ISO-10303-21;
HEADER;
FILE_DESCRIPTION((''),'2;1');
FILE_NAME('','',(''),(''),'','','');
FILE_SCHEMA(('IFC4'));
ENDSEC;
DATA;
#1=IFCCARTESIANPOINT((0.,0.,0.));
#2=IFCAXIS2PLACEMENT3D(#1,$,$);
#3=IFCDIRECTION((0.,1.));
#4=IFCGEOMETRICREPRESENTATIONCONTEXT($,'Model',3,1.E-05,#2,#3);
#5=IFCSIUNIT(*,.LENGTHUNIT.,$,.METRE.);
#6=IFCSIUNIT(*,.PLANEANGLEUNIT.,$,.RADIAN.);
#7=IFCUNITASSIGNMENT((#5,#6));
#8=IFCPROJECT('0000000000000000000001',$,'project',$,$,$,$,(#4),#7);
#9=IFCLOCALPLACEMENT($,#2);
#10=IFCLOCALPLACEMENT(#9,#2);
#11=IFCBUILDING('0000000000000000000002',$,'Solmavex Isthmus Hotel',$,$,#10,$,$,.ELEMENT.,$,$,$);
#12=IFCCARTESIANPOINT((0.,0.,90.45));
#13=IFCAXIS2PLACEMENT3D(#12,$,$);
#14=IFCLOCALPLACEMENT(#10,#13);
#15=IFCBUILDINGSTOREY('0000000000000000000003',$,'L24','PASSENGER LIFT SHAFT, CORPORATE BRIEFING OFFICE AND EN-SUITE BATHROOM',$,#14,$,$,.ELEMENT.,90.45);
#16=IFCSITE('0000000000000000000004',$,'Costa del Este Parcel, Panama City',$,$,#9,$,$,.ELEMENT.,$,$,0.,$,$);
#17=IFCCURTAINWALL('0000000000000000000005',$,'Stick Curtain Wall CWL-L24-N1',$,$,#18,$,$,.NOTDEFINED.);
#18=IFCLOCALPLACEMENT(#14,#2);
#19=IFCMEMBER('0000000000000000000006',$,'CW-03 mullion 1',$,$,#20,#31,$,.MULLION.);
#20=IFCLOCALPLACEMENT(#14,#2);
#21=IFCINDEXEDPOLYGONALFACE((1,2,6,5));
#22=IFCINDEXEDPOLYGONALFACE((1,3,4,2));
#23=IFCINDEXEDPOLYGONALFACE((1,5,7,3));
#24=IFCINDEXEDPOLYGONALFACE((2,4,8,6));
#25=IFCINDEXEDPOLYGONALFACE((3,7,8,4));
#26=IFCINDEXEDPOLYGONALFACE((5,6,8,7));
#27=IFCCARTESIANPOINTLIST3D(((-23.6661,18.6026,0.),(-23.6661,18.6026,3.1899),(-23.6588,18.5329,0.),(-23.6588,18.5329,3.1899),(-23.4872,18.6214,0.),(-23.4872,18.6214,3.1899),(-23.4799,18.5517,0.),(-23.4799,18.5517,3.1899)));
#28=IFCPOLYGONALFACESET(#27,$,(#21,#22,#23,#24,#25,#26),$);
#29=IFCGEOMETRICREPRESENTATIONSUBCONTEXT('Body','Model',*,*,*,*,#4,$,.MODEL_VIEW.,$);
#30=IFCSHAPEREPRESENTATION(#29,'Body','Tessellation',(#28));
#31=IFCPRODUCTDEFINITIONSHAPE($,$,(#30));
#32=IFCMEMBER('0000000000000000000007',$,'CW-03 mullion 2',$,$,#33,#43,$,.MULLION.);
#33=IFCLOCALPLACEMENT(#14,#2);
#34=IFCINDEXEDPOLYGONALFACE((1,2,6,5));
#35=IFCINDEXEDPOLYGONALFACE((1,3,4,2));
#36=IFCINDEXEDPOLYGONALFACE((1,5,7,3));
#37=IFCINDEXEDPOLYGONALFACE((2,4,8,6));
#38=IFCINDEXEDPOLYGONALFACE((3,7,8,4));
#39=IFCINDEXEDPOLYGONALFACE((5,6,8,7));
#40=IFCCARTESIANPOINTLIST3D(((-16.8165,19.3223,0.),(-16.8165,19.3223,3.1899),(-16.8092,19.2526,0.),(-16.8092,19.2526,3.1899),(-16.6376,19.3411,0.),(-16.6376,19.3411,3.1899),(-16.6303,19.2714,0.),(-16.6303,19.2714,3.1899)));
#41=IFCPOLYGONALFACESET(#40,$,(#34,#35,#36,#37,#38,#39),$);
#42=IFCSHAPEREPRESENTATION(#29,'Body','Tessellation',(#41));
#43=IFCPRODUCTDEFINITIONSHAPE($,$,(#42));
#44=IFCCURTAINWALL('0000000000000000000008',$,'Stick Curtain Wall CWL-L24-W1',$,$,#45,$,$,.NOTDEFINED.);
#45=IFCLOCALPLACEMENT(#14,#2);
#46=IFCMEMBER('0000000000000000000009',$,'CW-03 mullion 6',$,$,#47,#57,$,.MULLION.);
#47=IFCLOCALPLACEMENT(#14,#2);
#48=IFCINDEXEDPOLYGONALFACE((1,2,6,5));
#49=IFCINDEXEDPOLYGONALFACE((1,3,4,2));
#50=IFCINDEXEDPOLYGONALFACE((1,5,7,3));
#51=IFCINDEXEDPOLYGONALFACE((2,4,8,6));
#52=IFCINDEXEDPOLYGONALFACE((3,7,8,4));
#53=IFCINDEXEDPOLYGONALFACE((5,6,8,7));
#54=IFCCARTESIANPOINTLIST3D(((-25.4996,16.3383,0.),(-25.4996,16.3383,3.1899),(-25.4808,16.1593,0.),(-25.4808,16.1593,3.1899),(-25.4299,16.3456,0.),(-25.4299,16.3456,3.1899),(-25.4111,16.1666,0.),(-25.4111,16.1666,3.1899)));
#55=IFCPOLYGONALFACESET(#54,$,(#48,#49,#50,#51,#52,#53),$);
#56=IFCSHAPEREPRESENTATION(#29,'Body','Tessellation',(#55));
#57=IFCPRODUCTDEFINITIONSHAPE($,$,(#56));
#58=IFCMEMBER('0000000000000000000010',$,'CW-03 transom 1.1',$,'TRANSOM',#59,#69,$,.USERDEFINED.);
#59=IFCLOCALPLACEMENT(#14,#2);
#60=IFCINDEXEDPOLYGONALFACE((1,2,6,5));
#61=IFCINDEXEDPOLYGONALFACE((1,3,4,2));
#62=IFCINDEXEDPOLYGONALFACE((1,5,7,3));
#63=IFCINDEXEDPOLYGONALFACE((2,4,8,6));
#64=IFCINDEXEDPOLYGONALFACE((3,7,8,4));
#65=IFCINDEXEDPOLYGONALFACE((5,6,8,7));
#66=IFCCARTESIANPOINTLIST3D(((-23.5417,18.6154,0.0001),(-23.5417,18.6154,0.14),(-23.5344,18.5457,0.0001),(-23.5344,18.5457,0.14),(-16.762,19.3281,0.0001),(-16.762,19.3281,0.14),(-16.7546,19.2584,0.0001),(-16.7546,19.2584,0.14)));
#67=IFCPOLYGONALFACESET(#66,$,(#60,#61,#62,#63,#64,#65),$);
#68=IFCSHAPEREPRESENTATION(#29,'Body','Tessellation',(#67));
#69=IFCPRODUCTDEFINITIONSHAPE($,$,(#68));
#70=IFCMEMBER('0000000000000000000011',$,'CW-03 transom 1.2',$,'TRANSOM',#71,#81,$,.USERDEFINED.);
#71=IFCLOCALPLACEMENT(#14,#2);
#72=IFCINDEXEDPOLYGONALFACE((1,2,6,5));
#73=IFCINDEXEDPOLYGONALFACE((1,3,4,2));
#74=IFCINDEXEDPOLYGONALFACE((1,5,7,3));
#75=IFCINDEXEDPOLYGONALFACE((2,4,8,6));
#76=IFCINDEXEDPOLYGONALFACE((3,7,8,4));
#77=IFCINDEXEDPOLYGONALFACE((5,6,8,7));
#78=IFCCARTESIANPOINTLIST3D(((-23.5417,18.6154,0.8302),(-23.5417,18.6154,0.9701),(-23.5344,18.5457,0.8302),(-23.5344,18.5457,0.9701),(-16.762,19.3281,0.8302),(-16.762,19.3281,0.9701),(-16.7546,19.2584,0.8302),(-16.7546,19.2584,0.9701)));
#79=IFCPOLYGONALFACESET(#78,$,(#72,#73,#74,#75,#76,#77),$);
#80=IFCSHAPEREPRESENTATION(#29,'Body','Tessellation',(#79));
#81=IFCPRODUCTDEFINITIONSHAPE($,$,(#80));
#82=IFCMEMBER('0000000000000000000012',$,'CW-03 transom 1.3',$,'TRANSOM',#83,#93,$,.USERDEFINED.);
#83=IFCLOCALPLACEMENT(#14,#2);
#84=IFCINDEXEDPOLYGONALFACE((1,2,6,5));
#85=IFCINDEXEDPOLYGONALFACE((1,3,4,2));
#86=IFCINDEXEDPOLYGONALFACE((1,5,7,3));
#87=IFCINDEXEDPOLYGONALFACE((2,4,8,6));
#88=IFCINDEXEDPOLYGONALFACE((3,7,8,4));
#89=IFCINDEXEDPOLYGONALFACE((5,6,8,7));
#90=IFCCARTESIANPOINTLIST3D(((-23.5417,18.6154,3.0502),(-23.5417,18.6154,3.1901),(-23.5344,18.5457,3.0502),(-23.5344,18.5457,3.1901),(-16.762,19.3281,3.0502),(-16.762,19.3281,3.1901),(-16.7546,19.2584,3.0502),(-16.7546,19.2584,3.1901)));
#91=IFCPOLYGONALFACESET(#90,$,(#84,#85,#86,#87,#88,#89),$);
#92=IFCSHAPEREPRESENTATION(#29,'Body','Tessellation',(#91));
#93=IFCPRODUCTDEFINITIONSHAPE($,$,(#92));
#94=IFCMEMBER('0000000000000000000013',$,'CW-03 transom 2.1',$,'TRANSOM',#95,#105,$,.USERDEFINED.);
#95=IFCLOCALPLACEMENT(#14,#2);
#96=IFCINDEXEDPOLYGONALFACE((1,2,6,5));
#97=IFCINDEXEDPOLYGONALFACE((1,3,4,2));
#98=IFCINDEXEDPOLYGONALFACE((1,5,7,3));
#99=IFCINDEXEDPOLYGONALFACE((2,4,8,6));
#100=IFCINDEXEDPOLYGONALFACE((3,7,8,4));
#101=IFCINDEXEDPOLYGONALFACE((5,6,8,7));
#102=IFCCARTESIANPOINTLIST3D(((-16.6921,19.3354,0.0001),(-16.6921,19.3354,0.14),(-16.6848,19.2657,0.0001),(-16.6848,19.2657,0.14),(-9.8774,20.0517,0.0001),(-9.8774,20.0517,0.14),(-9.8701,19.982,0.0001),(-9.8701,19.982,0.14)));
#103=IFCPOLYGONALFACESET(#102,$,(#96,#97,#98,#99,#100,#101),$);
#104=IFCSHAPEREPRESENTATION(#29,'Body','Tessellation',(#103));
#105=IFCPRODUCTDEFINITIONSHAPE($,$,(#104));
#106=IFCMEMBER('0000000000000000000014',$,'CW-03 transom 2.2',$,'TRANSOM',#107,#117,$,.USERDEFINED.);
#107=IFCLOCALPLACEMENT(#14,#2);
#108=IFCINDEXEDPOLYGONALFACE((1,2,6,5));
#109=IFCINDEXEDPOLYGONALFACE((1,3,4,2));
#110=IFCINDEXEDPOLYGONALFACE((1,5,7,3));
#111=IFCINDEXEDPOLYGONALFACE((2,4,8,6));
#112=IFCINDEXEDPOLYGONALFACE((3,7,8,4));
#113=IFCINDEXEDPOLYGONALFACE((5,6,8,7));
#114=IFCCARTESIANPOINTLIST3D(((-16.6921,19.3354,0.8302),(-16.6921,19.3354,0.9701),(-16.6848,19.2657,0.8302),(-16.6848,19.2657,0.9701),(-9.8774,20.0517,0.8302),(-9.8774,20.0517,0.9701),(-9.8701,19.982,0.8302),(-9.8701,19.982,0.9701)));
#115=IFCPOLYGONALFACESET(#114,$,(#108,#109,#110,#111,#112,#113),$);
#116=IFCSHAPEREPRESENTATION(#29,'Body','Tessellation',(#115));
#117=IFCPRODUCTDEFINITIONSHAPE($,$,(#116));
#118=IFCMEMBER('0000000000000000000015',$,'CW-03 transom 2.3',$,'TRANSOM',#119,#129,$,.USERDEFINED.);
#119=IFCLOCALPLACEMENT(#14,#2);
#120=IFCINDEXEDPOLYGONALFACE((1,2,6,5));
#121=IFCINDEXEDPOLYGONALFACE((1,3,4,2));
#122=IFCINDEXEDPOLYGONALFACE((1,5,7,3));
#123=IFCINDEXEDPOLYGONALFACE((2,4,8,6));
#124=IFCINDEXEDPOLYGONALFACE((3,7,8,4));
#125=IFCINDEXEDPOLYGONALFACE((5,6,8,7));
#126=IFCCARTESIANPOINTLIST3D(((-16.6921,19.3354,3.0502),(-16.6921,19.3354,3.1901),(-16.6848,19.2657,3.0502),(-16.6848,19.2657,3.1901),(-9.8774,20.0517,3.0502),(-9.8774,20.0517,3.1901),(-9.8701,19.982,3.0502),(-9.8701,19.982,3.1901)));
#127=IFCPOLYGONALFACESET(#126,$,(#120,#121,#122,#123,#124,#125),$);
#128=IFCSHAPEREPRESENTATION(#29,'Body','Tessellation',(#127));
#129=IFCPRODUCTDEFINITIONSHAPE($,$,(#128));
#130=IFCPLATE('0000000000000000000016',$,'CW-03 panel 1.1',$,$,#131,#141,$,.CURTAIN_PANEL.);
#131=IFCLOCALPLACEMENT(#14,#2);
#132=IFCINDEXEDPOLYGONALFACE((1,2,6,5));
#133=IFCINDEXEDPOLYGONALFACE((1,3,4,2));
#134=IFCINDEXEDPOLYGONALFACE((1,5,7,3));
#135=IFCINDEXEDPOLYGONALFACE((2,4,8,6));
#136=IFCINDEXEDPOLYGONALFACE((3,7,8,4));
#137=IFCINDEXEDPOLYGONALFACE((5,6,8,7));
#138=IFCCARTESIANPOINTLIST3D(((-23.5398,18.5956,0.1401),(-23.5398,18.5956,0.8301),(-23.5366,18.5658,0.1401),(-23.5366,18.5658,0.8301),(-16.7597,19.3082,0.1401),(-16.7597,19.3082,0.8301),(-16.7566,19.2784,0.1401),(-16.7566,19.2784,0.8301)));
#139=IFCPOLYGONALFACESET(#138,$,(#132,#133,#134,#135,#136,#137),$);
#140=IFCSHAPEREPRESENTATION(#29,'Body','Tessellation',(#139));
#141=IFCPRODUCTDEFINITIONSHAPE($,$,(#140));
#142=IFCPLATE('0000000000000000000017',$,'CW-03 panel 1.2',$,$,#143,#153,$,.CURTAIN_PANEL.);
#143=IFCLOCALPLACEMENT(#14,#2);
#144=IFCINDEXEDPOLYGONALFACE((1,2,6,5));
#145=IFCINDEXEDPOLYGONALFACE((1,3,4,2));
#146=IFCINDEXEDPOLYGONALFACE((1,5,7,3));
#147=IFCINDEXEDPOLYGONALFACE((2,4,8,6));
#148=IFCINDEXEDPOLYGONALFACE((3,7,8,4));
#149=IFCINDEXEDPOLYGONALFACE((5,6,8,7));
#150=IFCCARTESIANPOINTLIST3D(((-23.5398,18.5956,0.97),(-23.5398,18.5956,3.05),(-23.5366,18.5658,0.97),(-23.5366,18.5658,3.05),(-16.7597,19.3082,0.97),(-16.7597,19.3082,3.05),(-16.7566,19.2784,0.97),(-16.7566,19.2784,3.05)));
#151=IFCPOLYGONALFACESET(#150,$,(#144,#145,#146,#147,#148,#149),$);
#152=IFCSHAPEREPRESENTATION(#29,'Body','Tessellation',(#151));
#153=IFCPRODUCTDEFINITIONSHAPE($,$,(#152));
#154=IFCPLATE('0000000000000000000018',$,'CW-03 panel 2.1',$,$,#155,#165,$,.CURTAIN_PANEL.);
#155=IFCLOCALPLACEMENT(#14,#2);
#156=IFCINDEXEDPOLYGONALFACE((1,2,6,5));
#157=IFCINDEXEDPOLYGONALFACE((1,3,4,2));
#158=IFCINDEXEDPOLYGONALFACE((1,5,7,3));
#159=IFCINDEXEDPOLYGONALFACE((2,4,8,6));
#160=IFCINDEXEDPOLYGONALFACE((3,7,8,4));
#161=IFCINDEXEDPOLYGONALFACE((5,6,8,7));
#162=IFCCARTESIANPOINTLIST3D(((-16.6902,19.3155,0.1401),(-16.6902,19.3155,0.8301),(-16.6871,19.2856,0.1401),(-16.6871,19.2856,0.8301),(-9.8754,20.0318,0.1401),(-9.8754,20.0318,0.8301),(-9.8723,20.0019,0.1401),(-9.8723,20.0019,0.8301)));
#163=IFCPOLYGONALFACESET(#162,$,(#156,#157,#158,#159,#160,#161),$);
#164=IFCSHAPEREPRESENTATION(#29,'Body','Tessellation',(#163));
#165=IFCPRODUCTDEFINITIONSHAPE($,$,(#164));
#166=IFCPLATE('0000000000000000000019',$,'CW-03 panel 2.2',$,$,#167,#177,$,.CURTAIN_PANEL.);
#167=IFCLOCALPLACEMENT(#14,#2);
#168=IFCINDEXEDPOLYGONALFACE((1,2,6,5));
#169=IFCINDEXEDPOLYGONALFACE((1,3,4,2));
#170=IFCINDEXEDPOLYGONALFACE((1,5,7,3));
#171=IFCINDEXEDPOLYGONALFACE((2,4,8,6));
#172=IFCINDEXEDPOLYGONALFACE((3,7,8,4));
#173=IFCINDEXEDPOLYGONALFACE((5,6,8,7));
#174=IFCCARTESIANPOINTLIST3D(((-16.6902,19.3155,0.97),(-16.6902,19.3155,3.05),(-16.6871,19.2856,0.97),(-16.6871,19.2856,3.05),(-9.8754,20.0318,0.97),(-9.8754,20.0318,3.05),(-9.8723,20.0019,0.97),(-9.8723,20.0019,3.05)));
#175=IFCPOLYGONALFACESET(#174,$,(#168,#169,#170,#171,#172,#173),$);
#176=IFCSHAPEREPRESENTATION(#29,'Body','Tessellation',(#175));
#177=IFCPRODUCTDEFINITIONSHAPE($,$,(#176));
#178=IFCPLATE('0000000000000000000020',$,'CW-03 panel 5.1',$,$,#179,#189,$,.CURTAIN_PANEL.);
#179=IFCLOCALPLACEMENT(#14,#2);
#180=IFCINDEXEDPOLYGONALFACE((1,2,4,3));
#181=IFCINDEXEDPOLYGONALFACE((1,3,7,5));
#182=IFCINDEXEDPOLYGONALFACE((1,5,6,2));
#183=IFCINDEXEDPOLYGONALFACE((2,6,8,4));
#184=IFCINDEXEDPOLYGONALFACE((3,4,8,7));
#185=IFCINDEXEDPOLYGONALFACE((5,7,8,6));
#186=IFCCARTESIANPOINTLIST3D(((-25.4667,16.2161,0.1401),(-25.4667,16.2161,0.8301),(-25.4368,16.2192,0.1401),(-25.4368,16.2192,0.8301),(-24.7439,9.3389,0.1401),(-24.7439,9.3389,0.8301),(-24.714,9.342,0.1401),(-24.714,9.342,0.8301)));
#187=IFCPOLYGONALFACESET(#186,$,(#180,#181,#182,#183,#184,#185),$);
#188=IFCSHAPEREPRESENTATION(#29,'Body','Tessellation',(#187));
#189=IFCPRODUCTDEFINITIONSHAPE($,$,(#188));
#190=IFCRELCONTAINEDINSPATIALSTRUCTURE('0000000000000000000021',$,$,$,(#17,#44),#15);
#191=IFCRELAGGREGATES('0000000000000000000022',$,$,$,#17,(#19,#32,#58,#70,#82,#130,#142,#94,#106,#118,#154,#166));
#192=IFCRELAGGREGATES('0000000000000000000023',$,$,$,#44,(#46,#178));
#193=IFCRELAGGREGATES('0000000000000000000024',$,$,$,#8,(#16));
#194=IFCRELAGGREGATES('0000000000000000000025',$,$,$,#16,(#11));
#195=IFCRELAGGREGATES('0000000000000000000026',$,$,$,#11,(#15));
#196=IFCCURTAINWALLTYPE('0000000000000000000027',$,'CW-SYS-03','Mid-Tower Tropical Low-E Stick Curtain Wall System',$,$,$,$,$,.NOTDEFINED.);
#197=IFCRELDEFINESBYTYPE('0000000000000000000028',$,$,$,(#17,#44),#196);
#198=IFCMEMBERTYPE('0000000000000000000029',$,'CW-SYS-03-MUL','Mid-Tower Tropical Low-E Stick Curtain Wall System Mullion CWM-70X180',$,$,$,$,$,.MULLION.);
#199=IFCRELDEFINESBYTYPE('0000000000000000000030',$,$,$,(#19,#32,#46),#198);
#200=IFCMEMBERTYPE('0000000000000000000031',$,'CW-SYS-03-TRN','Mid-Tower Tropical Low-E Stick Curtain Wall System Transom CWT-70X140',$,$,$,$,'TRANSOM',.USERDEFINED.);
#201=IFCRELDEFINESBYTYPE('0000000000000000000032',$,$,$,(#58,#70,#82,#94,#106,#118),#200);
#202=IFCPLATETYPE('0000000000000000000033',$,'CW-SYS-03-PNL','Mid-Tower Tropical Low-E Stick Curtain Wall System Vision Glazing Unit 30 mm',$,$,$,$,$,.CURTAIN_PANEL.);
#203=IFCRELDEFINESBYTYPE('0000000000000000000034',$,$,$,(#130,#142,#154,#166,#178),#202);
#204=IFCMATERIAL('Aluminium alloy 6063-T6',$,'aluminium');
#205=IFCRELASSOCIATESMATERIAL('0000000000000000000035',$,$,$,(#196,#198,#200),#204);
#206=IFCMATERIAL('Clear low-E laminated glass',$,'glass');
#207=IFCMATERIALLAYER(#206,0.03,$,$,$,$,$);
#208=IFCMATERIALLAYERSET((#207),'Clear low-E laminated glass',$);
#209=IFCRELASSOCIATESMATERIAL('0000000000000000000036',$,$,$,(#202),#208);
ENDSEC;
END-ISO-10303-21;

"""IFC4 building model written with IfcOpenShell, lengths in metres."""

from ifc_helpers import new_model, si_unit, direction, frame, origin, origin_2d, place, context, subcontext, project, spatial, rectangle, extrude, material, layer, layer_set, material_profile, profile_set, type_object, element, aggregate, save


model = new_model("IFC4")

# Units and contexts
model_context = context("Model", 3, precision=1e-05, world=origin(), true_north=direction((0.0, 1.0)))
body_context = subcontext(model_context, "Body", "Model", "MODEL_VIEW")
ifc_project = project(units=[si_unit("LENGTHUNIT", "METRE"), si_unit("PLANEANGLEUNIT", "RADIAN")], contexts=[model_context])

# Site, building, storey
site_placement = place(None, origin())
site = spatial("IfcSite", under=ifc_project, at=site_placement, Name="Costa del Este Parcel, Panama City", CompositionType="ELEMENT", RefElevation=0.0)
building_placement = place(site_placement, origin())
building = spatial("IfcBuilding", under=site, at=building_placement, Name="Solmavex Isthmus Hotel", CompositionType="ELEMENT")
storey_placement = place(building_placement, frame((0.0, 0.0, 90.45)))
storey = spatial("IfcBuildingStorey", under=building, at=storey_placement, Name="L24", Description="PASSENGER LIFT SHAFT, CORPORATE BRIEFING OFFICE AND EN-SUITE BATHROOM", CompositionType="ELEMENT", Elevation=90.45)

# Curtain wall, members
ifc_material_1 = material(Name="Aluminium alloy 6063-T6", Category="aluminium")
curtain_wall_type = type_object("IfcCurtainWallType", Name="CW-SYS-03", Description="Mid-Tower Tropical Low-E Stick Curtain Wall System", PredefinedType="NOTDEFINED", material=ifc_material_1)
curtain_wall_1_placement = place(storey_placement, origin())
curtain_wall_1 = element("IfcCurtainWall", 1, at=curtain_wall_1_placement, inside=storey, type_object=curtain_wall_type, Name="Stick Curtain Wall CWL-L24-N1", PredefinedType="NOTDEFINED")
ifc_material_profile_1 = material_profile(ifc_material_1, rectangle(XDim=0.0701, YDim=0.1799, at=origin_2d()), Name="CWM-70X180")
ifc_profile_set_1 = profile_set([ifc_material_profile_1], Name="Aluminium alloy 6063-T6")
member_type_1 = type_object("IfcMemberType", Name="CW-SYS-03-MUL", Description="Mid-Tower Tropical Low-E Stick Curtain Wall System Mullion CWM-70X180", PredefinedType="MULLION", material=ifc_profile_set_1)
member_1_placement = place(storey_placement, frame((-23.573, 18.5771, 0.0), z_axis=(0.0, 0.0, 1.0), x_axis=(-0.104528, 0.994522, 0.0)))
member_1 = element("IfcMember", 2, at=member_1_placement, type_object=member_type_1, Name="CW-03 mullion 1", PredefinedType="MULLION", context=body_context, shape_type="SweptSolid", body=[
    extrude(rectangle(XDim=0.0701, YDim=0.1799, at=origin_2d()), origin(), (0.0, 0.0, 1.0), 3.1899),
])
member_2_placement = place(storey_placement, frame((-16.7234, 19.2969, 0.0), z_axis=(0.0, 0.0, 1.0), x_axis=(-0.104528, 0.994522, 0.0)))
member_2 = element("IfcMember", 3, at=member_2_placement, type_object=member_type_1, Name="CW-03 mullion 2", PredefinedType="MULLION", context=body_context, shape_type="SweptSolid", body=[
    extrude(rectangle(XDim=0.0701, YDim=0.1799, at=origin_2d()), origin(), (0.0, 0.0, 1.0), 3.1899),
])

# Curtain wall, member
curtain_wall_2_placement = place(storey_placement, origin())
curtain_wall_2 = element("IfcCurtainWall", 4, at=curtain_wall_2_placement, inside=storey, type_object=curtain_wall_type, Name="Stick Curtain Wall CWL-L24-W1", PredefinedType="NOTDEFINED")
member_3_placement = place(storey_placement, frame((-25.4553, 16.2524, 0.0), z_axis=(0.0, 0.0, 1.0), x_axis=(-0.994522, -0.104528, 0.0)))
member_3 = element("IfcMember", 5, at=member_3_placement, type_object=member_type_1, Name="CW-03 mullion 6", PredefinedType="MULLION", context=body_context, shape_type="SweptSolid", body=[
    extrude(rectangle(XDim=0.0701, YDim=0.1799, at=origin_2d()), origin(), (0.0, 0.0, 1.0), 3.1899),
])

# Members
ifc_material_profile_2 = material_profile(ifc_material_1, rectangle(XDim=0.0701, YDim=0.1399, at=origin_2d()), Name="CWT-70X140")
ifc_profile_set_2 = profile_set([ifc_material_profile_2], Name="Aluminium alloy 6063-T6")
member_type_2 = type_object("IfcMemberType", Name="CW-SYS-03-TRN", Description="Mid-Tower Tropical Low-E Stick Curtain Wall System Transom CWT-70X140", ElementType="TRANSOM", PredefinedType="USERDEFINED", material=ifc_profile_set_2)
member_4_placement = place(storey_placement, frame((-23.5381, 18.5806, 0.0701), z_axis=(0.994521, 0.104538, 0.0), x_axis=(-0.104538, 0.994521, 0.0)))
member_4 = element("IfcMember", 6, at=member_4_placement, type_object=member_type_2, Name="CW-03 transom 1.1", ObjectType="TRANSOM", PredefinedType="USERDEFINED", context=body_context, shape_type="SweptSolid", body=[
    extrude(rectangle(XDim=0.0701, YDim=0.1399, at=origin_2d()), origin(), (0.0, 0.0, 1.0), 6.8171),
])
member_5_placement = place(storey_placement, frame((-23.5381, 18.5806, 0.9001), z_axis=(0.994521, 0.104538, 0.0), x_axis=(-0.104538, 0.994521, 0.0)))
member_5 = element("IfcMember", 7, at=member_5_placement, type_object=member_type_2, Name="CW-03 transom 1.2", ObjectType="TRANSOM", PredefinedType="USERDEFINED", context=body_context, shape_type="SweptSolid", body=[
    extrude(rectangle(XDim=0.0701, YDim=0.1399, at=origin_2d()), origin(), (0.0, 0.0, 1.0), 6.8171),
])
member_6_placement = place(storey_placement, frame((-23.5381, 18.5806, 3.1201), z_axis=(0.994521, 0.104538, 0.0), x_axis=(-0.104538, 0.994521, 0.0)))
member_6 = element("IfcMember", 8, at=member_6_placement, type_object=member_type_2, Name="CW-03 transom 1.3", ObjectType="TRANSOM", PredefinedType="USERDEFINED", context=body_context, shape_type="SweptSolid", body=[
    extrude(rectangle(XDim=0.0701, YDim=0.1399, at=origin_2d()), origin(), (0.0, 0.0, 1.0), 6.8171),
])
member_7_placement = place(storey_placement, frame((-16.6885, 19.3005, 0.0701), z_axis=(0.994521, 0.104536, 0.0), x_axis=(-0.104536, 0.994521, 0.0)))
member_7 = element("IfcMember", 9, at=member_7_placement, type_object=member_type_2, Name="CW-03 transom 2.1", ObjectType="TRANSOM", PredefinedType="USERDEFINED", context=body_context, shape_type="SweptSolid", body=[
    extrude(rectangle(XDim=0.0701, YDim=0.1399, at=origin_2d()), origin(), (0.0, 0.0, 1.0), 6.8523),
])
member_8_placement = place(storey_placement, frame((-16.6885, 19.3005, 0.9001), z_axis=(0.994521, 0.104536, 0.0), x_axis=(-0.104536, 0.994521, 0.0)))
member_8 = element("IfcMember", 10, at=member_8_placement, type_object=member_type_2, Name="CW-03 transom 2.2", ObjectType="TRANSOM", PredefinedType="USERDEFINED", context=body_context, shape_type="SweptSolid", body=[
    extrude(rectangle(XDim=0.0701, YDim=0.1399, at=origin_2d()), origin(), (0.0, 0.0, 1.0), 6.8523),
])
member_9_placement = place(storey_placement, frame((-16.6885, 19.3005, 3.1201), z_axis=(0.994521, 0.104536, 0.0), x_axis=(-0.104536, 0.994521, 0.0)))
member_9 = element("IfcMember", 11, at=member_9_placement, type_object=member_type_2, Name="CW-03 transom 2.3", ObjectType="TRANSOM", PredefinedType="USERDEFINED", context=body_context, shape_type="SweptSolid", body=[
    extrude(rectangle(XDim=0.0701, YDim=0.1399, at=origin_2d()), origin(), (0.0, 0.0, 1.0), 6.8523),
])

# Plates
ifc_material_2 = material(Name="Clear low-E laminated glass", Category="glass")
ifc_layer_1 = layer(ifc_material_2, 0.03)
ifc_layer_set_1 = layer_set([ifc_layer_1], Name="Clear low-E laminated glass")
plate_type = type_object("IfcPlateType", Name="CW-SYS-03-PNL", Description="Mid-Tower Tropical Low-E Stick Curtain Wall System Vision Glazing Unit 30 mm", PredefinedType="CURTAIN_PANEL", material=ifc_layer_set_1)
plate_1_placement = place(storey_placement, frame((-20.1482, 18.937, 0.1401), z_axis=(0.0, 0.0, 1.0), x_axis=(0.994522, 0.104528, 0.0)))
plate_1 = element("IfcPlate", 12, at=plate_1_placement, type_object=plate_type, Name="CW-03 panel 1.1", PredefinedType="CURTAIN_PANEL", context=body_context, shape_type="SweptSolid", body=[
    extrude(rectangle(XDim=6.8174, YDim=0.03, at=origin_2d()), origin(), (0.0, 0.0, 1.0), 0.6899),
])
plate_2_placement = place(storey_placement, frame((-20.1482, 18.937, 0.97), z_axis=(0.0, 0.0, 1.0), x_axis=(0.994522, 0.104528, 0.0)))
plate_2 = element("IfcPlate", 13, at=plate_2_placement, type_object=plate_type, Name="CW-03 panel 1.2", PredefinedType="CURTAIN_PANEL", context=body_context, shape_type="SweptSolid", body=[
    extrude(rectangle(XDim=6.8174, YDim=0.03, at=origin_2d()), origin(), (0.0, 0.0, 1.0), 2.0801),
])
plate_3_placement = place(storey_placement, frame((-13.2812, 19.6587, 0.1401), z_axis=(0.0, 0.0, 1.0), x_axis=(0.994522, 0.104528, 0.0)))
plate_3 = element("IfcPlate", 14, at=plate_3_placement, type_object=plate_type, Name="CW-03 panel 2.1", PredefinedType="CURTAIN_PANEL", context=body_context, shape_type="SweptSolid", body=[
    extrude(rectangle(XDim=6.8523, YDim=0.03, at=origin_2d()), origin(), (0.0, 0.0, 1.0), 0.6899),
])
plate_4_placement = place(storey_placement, frame((-13.2812, 19.6587, 0.97), z_axis=(0.0, 0.0, 1.0), x_axis=(0.994522, 0.104528, 0.0)))
plate_4 = element("IfcPlate", 15, at=plate_4_placement, type_object=plate_type, Name="CW-03 panel 2.2", PredefinedType="CURTAIN_PANEL", context=body_context, shape_type="SweptSolid", body=[
    extrude(rectangle(XDim=6.8523, YDim=0.03, at=origin_2d()), origin(), (0.0, 0.0, 1.0), 2.0801),
])
aggregate(curtain_wall_1, [member_1, member_2, member_4, member_5, member_6, plate_1, plate_2, member_7, member_8, member_9, plate_3, plate_4])
plate_5_placement = place(storey_placement, frame((-25.0903, 12.7791, 0.1401), z_axis=(0.0, 0.0, 1.0), x_axis=(-0.104528, 0.994522, 0.0)))
plate_5 = element("IfcPlate", 16, at=plate_5_placement, type_object=plate_type, Name="CW-03 panel 5.1", PredefinedType="CURTAIN_PANEL", context=body_context, shape_type="SweptSolid", body=[
    extrude(rectangle(XDim=6.915, YDim=0.03, at=origin_2d()), origin(), (0.0, 0.0, 1.0), 0.6899),
])
aggregate(curtain_wall_2, [member_3, plate_5])

save(model, "model.ifc")
